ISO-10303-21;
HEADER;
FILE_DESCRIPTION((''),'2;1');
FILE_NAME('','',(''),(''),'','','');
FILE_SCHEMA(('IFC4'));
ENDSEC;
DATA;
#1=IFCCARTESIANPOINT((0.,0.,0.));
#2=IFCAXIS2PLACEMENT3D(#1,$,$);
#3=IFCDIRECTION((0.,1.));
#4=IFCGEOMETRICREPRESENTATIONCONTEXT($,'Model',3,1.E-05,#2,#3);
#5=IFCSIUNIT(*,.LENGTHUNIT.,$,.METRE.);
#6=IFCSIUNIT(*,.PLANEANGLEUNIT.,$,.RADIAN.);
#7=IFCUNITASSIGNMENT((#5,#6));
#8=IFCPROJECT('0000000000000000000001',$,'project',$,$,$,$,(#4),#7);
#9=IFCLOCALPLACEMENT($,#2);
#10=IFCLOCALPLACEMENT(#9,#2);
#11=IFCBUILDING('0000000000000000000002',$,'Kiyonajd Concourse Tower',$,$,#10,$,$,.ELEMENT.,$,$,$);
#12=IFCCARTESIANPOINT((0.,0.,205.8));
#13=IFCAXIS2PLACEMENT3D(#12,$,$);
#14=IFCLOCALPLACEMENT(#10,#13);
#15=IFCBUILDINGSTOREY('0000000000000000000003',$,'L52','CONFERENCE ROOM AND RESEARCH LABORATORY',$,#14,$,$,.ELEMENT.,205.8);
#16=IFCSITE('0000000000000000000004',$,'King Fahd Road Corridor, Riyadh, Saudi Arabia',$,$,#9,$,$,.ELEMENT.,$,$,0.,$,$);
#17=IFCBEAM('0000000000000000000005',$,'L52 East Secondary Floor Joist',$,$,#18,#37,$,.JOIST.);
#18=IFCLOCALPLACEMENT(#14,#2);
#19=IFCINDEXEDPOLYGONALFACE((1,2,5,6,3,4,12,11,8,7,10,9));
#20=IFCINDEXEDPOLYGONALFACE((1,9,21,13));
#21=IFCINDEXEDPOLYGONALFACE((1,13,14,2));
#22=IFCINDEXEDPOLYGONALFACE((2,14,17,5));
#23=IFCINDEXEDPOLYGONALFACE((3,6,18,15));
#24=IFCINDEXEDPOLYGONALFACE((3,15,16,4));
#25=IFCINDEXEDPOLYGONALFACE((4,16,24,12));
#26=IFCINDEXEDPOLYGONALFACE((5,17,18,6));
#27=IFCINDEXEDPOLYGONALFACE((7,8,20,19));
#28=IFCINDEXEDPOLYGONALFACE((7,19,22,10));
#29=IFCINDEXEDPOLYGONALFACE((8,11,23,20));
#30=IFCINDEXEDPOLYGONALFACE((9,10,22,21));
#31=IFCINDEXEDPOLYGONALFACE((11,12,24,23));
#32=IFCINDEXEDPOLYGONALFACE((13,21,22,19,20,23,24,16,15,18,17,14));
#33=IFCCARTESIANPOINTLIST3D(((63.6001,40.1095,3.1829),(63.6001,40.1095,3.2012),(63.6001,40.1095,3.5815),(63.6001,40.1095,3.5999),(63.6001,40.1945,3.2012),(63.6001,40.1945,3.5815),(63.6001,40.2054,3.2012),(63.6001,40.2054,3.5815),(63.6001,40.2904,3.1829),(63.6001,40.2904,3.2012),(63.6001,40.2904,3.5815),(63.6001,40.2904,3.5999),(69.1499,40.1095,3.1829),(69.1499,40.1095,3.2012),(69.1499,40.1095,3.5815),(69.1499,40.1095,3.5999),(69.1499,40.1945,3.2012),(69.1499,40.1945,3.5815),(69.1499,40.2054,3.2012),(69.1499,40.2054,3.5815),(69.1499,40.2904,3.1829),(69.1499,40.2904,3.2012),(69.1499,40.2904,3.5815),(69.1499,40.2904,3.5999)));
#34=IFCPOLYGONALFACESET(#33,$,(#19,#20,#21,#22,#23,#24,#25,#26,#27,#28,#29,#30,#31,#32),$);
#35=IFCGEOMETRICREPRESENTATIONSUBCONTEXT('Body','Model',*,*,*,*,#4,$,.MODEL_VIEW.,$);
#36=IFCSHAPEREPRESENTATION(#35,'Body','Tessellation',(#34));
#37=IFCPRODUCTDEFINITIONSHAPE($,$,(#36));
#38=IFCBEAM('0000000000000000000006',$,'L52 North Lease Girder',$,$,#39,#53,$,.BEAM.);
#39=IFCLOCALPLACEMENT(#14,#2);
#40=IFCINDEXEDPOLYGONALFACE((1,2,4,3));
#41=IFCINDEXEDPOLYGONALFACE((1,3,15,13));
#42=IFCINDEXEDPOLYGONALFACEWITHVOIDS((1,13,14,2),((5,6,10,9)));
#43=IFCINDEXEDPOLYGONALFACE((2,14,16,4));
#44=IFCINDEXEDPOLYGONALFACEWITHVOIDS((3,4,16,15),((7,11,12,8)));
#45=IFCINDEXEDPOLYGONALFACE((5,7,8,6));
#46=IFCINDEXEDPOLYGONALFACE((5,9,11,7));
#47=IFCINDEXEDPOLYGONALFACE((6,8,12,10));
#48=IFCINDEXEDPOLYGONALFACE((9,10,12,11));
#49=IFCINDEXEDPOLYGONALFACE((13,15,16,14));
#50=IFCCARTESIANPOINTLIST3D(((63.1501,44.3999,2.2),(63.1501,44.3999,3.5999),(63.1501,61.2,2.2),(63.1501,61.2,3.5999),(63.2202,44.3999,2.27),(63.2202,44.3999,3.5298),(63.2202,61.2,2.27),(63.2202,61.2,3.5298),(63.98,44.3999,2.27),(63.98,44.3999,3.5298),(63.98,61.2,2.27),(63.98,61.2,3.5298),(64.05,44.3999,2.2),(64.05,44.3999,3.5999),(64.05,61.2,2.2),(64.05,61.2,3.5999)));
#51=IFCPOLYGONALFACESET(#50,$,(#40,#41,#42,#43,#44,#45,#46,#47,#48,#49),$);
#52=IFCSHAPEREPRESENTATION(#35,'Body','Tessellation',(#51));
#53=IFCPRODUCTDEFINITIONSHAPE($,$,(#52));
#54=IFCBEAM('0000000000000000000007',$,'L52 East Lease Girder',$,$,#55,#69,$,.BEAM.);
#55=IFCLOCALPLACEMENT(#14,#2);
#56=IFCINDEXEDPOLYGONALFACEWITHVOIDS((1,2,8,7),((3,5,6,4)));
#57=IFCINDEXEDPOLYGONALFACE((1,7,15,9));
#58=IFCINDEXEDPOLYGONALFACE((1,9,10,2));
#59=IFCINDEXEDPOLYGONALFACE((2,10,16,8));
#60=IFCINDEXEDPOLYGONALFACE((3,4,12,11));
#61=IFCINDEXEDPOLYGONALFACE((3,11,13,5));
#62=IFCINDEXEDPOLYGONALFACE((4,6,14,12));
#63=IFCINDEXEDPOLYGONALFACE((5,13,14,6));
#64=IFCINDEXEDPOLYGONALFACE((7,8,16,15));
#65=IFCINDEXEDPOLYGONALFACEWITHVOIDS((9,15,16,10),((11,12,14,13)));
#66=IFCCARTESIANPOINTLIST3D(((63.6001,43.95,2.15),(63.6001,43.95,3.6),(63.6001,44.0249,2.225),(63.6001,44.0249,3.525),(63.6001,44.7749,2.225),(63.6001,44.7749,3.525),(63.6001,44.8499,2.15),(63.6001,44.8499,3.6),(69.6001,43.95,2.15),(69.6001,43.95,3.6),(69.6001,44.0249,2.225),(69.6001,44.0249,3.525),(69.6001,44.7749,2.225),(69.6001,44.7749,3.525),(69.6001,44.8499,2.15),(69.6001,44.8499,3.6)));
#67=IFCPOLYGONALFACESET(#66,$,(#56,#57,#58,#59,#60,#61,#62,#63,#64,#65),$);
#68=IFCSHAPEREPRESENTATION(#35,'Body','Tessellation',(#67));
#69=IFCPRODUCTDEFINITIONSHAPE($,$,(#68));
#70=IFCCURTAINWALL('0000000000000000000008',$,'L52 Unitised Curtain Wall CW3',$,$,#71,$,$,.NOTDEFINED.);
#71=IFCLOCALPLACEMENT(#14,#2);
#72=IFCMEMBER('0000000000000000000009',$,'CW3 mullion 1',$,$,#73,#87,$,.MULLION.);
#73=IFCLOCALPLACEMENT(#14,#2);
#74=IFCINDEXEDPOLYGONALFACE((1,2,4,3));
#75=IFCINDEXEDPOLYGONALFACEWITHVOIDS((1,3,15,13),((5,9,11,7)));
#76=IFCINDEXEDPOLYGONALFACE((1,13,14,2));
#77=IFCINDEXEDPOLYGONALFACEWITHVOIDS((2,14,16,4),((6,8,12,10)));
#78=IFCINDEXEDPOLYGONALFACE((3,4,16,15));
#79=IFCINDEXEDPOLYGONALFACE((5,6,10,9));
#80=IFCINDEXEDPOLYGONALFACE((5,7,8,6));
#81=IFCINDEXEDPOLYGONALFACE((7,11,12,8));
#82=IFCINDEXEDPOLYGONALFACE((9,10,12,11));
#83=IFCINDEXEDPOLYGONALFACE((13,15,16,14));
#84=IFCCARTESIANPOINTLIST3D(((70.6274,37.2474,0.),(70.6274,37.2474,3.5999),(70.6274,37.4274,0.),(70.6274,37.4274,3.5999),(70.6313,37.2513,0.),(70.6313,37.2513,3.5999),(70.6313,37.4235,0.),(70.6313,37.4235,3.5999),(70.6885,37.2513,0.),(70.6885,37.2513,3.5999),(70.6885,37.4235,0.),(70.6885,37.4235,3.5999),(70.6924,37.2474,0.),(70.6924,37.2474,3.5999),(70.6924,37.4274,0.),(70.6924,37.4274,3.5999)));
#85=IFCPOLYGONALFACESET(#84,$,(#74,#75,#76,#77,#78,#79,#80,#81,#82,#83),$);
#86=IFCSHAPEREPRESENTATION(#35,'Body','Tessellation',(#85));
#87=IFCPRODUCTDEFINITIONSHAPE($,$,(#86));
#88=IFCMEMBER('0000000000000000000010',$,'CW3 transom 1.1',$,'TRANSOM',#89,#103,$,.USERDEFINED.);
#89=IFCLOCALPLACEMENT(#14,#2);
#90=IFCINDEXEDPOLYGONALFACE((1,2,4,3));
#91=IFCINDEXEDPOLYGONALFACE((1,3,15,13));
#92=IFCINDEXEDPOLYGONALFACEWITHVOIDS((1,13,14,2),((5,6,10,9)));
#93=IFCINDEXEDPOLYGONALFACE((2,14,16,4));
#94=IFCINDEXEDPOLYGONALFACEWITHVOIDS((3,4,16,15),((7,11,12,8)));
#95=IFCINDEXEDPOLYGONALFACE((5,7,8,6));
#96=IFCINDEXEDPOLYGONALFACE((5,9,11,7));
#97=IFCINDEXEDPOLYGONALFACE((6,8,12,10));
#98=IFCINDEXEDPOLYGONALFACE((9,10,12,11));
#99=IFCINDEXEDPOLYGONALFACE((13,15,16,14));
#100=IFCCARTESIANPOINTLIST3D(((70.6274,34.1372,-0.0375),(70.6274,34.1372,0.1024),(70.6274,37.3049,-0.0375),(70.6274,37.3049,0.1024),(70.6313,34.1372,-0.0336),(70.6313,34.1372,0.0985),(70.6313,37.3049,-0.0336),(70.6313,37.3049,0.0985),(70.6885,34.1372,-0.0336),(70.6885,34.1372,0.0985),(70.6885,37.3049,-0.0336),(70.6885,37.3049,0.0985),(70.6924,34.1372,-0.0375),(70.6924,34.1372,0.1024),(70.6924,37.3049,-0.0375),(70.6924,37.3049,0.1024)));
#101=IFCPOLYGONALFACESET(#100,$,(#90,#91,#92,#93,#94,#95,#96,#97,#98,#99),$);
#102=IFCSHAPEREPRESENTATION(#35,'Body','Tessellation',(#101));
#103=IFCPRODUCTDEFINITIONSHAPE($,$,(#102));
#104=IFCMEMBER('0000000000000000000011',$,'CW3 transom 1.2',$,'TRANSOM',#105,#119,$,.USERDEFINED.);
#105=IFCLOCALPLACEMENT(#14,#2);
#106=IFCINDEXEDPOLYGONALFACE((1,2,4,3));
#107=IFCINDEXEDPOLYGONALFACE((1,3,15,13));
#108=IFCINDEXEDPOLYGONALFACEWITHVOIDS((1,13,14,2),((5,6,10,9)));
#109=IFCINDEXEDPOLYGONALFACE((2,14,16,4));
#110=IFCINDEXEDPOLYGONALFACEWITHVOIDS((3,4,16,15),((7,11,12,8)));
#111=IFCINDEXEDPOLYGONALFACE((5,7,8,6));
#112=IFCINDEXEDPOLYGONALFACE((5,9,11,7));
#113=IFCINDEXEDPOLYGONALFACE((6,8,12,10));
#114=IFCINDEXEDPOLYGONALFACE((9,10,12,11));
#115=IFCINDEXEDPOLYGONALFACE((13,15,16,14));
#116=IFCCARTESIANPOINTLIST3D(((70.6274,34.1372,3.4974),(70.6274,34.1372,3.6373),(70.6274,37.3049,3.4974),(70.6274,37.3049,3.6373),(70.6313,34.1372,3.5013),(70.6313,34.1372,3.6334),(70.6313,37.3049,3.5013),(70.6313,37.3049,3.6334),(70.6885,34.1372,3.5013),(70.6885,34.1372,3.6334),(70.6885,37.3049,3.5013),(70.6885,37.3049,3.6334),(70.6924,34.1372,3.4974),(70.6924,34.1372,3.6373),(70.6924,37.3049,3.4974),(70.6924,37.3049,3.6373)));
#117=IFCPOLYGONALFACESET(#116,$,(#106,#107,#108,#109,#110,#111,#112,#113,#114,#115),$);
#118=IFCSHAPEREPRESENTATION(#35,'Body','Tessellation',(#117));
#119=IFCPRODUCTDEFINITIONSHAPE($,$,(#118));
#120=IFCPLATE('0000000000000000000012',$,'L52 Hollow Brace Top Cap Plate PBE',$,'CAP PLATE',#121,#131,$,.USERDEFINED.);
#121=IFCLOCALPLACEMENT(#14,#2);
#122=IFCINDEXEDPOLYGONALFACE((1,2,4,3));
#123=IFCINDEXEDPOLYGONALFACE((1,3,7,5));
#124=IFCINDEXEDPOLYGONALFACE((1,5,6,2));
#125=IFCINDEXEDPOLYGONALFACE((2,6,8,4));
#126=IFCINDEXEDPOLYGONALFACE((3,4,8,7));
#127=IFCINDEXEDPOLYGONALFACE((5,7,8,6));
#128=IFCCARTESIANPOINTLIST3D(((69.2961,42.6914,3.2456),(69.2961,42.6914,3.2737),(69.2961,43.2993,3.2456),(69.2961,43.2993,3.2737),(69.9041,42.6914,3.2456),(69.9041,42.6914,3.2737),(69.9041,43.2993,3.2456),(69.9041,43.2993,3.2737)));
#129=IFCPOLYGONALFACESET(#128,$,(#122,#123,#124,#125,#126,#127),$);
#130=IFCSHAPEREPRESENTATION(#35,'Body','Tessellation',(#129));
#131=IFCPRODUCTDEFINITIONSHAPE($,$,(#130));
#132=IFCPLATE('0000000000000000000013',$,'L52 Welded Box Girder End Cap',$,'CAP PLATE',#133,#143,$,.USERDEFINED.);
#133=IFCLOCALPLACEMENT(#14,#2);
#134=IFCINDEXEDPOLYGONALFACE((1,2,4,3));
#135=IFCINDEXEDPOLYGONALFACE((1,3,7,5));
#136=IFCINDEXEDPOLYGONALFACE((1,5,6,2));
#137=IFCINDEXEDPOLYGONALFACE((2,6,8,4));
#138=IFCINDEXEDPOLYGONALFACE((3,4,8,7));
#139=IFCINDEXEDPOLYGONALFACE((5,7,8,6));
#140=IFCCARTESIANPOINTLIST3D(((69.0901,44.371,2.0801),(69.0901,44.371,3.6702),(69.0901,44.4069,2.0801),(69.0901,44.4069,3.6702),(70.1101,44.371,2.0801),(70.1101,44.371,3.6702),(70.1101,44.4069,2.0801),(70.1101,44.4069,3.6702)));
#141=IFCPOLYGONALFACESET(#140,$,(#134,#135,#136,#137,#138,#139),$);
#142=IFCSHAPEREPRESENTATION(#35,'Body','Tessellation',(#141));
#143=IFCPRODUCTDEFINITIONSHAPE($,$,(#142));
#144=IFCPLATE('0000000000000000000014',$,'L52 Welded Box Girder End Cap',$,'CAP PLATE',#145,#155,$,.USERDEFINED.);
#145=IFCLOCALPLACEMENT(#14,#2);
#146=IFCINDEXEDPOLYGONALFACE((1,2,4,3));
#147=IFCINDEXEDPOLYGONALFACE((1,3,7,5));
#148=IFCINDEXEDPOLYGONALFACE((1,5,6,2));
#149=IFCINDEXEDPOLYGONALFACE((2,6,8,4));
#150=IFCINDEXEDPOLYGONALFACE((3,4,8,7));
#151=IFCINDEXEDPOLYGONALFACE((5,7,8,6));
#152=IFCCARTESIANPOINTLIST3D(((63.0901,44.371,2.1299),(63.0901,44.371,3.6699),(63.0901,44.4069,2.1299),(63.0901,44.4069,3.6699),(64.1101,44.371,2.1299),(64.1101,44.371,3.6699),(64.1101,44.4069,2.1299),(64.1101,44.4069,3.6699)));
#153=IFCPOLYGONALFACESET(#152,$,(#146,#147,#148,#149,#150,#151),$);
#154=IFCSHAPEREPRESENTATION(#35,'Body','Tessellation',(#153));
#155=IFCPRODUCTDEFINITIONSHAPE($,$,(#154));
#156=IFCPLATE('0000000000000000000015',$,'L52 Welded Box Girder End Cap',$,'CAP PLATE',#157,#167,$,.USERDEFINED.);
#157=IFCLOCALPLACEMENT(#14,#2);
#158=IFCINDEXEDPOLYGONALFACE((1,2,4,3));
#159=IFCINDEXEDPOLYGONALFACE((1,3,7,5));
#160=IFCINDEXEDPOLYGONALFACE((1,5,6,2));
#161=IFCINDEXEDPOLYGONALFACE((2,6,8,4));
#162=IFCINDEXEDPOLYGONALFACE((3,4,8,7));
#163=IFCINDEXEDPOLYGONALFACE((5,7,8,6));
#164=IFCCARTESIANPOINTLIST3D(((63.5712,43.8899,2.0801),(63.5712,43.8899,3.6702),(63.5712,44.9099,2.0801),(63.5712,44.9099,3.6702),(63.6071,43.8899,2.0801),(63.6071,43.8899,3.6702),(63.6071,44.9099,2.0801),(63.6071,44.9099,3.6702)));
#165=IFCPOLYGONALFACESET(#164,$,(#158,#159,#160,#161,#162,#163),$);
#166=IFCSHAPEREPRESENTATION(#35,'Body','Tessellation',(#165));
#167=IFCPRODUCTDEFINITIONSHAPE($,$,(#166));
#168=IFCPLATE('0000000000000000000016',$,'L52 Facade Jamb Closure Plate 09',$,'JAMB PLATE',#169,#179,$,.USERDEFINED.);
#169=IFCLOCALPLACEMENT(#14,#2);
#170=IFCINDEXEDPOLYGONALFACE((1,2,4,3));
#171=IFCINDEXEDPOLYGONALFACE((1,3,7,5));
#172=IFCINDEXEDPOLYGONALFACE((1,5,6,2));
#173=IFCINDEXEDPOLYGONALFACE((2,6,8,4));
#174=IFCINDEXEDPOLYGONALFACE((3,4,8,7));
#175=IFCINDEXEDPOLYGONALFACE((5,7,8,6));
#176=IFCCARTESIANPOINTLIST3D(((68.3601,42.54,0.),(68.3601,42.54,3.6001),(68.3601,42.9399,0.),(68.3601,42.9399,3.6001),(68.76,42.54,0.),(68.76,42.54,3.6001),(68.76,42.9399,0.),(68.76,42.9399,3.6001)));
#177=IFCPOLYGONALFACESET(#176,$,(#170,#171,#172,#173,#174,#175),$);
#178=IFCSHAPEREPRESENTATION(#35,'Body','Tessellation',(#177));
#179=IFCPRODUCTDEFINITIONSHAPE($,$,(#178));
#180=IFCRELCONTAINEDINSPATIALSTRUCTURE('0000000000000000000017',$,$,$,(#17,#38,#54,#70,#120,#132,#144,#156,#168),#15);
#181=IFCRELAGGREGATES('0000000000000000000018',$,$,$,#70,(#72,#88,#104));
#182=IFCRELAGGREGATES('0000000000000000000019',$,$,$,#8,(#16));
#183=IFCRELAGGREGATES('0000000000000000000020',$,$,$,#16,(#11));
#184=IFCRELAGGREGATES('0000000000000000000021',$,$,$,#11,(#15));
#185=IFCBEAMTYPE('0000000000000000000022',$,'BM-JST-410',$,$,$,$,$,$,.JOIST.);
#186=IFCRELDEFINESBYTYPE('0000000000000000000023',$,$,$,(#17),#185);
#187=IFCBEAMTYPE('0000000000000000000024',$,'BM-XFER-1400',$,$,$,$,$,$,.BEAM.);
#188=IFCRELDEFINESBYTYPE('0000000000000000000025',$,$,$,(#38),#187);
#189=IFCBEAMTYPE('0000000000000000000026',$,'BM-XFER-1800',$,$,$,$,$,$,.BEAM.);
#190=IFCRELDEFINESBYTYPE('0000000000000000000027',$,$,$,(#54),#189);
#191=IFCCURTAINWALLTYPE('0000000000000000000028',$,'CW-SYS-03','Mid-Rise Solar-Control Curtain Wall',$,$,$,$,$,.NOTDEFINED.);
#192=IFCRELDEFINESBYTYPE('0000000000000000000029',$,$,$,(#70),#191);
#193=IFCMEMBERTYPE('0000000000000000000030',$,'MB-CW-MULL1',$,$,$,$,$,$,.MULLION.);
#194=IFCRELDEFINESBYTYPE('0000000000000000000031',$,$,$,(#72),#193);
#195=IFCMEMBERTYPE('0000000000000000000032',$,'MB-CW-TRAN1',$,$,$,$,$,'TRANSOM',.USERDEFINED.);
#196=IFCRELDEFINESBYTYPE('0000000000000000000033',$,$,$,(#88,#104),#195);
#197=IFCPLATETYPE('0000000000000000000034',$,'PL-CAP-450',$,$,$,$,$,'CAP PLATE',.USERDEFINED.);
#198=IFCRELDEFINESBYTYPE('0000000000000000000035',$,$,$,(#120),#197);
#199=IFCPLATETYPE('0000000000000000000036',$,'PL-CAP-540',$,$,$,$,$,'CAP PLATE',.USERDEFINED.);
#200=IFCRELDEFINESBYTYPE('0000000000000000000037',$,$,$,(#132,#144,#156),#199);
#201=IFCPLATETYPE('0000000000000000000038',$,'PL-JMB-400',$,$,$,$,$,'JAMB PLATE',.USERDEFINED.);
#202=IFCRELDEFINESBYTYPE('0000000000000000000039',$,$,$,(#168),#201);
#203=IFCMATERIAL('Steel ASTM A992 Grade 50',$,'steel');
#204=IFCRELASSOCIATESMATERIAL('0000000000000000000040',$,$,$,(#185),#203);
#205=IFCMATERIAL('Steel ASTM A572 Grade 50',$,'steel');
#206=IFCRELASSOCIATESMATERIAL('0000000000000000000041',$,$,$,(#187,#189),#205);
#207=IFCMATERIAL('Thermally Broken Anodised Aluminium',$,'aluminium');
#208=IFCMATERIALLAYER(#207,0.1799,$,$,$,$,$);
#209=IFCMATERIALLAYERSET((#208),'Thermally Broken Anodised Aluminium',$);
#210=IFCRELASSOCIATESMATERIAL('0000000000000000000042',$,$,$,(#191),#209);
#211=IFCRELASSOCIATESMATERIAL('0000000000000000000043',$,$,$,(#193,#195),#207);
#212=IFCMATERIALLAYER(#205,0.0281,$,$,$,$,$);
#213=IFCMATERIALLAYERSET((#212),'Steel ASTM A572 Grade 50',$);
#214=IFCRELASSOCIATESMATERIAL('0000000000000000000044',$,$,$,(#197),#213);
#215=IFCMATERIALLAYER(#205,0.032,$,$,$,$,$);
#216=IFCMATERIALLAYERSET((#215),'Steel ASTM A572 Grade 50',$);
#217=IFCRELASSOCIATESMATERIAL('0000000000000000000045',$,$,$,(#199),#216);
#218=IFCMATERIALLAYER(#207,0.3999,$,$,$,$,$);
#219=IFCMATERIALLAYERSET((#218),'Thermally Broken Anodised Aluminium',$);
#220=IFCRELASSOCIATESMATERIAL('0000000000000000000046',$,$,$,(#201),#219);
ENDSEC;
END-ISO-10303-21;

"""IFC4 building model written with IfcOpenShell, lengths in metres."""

from ifc_helpers import new_model, si_unit, direction, frame, origin, origin_2d, place, context, subcontext, project, spatial, rectangle, hollow_rectangle, i_section, extrude, material, layer, layer_set, material_profile, profile_set, type_object, element, aggregate, save


model = new_model("IFC4")

# Units and contexts
model_context = context("Model", 3, precision=1e-05, world=origin(), true_north=direction((0.0, 1.0)))
body_context = subcontext(model_context, "Body", "Model", "MODEL_VIEW")
ifc_project = project(units=[si_unit("LENGTHUNIT", "METRE"), si_unit("PLANEANGLEUNIT", "RADIAN")], contexts=[model_context])

# Site, building, storey
site_placement = place(None, origin())
site = spatial("IfcSite", under=ifc_project, at=site_placement, Name="King Fahd Road Corridor, Riyadh, Saudi Arabia", CompositionType="ELEMENT", RefElevation=0.0)
building_placement = place(site_placement, origin())
building = spatial("IfcBuilding", under=site, at=building_placement, Name="Kiyonajd Concourse Tower", CompositionType="ELEMENT")
storey_placement = place(building_placement, frame((0.0, 0.0, 205.8)))
storey = spatial("IfcBuildingStorey", under=building, at=storey_placement, Name="L52", Description="CONFERENCE ROOM AND RESEARCH LABORATORY", CompositionType="ELEMENT", Elevation=205.8)

# Beams
ifc_material_1 = material(Name="Steel ASTM A992 Grade 50", Category="steel")
ifc_material_profile_1 = material_profile(ifc_material_1, i_section(OverallWidth=0.1809, OverallDepth=0.417, WebThickness=0.011, FlangeThickness=0.0183, at=origin_2d()), Name="W410X85")
ifc_profile_set_1 = profile_set([ifc_material_profile_1], Name="Steel ASTM A992 Grade 50")
beam_type_1 = type_object("IfcBeamType", Name="BM-JST-410", PredefinedType="JOIST", material=ifc_profile_set_1)
beam_1_placement = place(storey_placement, frame((63.6001, 40.2, 3.3914), z_axis=(1.0, 0.0, 0.0), x_axis=(0.0, 1.0, 0.0)))
element("IfcBeam", 1, at=beam_1_placement, inside=storey, type_object=beam_type_1, Name="L52 East Secondary Floor Joist", PredefinedType="JOIST", context=body_context, shape_type="SweptSolid", body=[
    extrude(i_section(OverallWidth=0.1809, OverallDepth=0.417, WebThickness=0.011, FlangeThickness=0.0183, at=origin_2d()), origin(), (0.0, 0.0, 1.0), 5.5498),
])
ifc_material_2 = material(Name="Steel ASTM A572 Grade 50", Category="steel")
ifc_material_profile_2 = material_profile(ifc_material_2, hollow_rectangle(XDim=0.8999, YDim=1.3999, WallThickness=0.0701, at=origin_2d()), Name="BOX-1400x900x70")
ifc_profile_set_2 = profile_set([ifc_material_profile_2], Name="Steel ASTM A572 Grade 50")
beam_type_2 = type_object("IfcBeamType", Name="BM-XFER-1400", PredefinedType="BEAM", material=ifc_profile_set_2)
beam_2_placement = place(storey_placement, frame((63.6001, 44.3999, 2.8999), z_axis=(0.0, 1.0, 0.0), x_axis=(-1.0, 0.0, 0.0)))
element("IfcBeam", 2, at=beam_2_placement, inside=storey, type_object=beam_type_2, Name="L52 North Lease Girder", PredefinedType="BEAM", context=body_context, shape_type="SweptSolid", body=[
    extrude(hollow_rectangle(XDim=0.8999, YDim=1.3999, WallThickness=0.0701, at=origin_2d()), origin(), (0.0, 0.0, 1.0), 16.8),
])
ifc_material_profile_3 = material_profile(ifc_material_2, hollow_rectangle(XDim=0.8999, YDim=1.45, WallThickness=0.075, at=origin_2d()), Name="BOX-1450x900x75")
ifc_profile_set_3 = profile_set([ifc_material_profile_3], Name="Steel ASTM A572 Grade 50")
beam_type_3 = type_object("IfcBeamType", Name="BM-XFER-1800", PredefinedType="BEAM", material=ifc_profile_set_3)
beam_3_placement = place(storey_placement, frame((63.6001, 44.3999, 2.875), z_axis=(1.0, 0.0, 0.0), x_axis=(0.0, 1.0, 0.0)))
element("IfcBeam", 3, at=beam_3_placement, inside=storey, type_object=beam_type_3, Name="L52 East Lease Girder", PredefinedType="BEAM", context=body_context, shape_type="SweptSolid", body=[
    extrude(hollow_rectangle(XDim=0.8999, YDim=1.45, WallThickness=0.075, at=origin_2d()), origin(), (0.0, 0.0, 1.0), 6.0),
])

# Curtain wall, members
ifc_material_3 = material(Name="Thermally Broken Anodised Aluminium", Category="aluminium")
ifc_layer_1 = layer(ifc_material_3, 0.1799)
ifc_layer_set_1 = layer_set([ifc_layer_1], Name="Thermally Broken Anodised Aluminium")
curtain_wall_type = type_object("IfcCurtainWallType", Name="CW-SYS-03", Description="Mid-Rise Solar-Control Curtain Wall", PredefinedType="NOTDEFINED", material=ifc_layer_set_1)
curtain_wall_placement = place(storey_placement, origin())
curtain_wall = element("IfcCurtainWall", 4, at=curtain_wall_placement, inside=storey, type_object=curtain_wall_type, Name="L52 Unitised Curtain Wall CW3", PredefinedType="NOTDEFINED")
ifc_material_profile_4 = material_profile(ifc_material_3, hollow_rectangle(XDim=0.0649, YDim=0.1799, WallThickness=0.0039, at=origin_2d()), Name="MULL-65x180")
ifc_profile_set_4 = profile_set([ifc_material_profile_4], Name="Thermally Broken Anodised Aluminium")
member_type_1 = type_object("IfcMemberType", Name="MB-CW-MULL1", PredefinedType="MULLION", material=ifc_profile_set_4)
member_1_placement = place(storey_placement, frame((70.6599, 37.3374, 0.0), z_axis=(0.0, 0.0, 1.0), x_axis=(1.0, 0.0, 0.0)))
member_1 = element("IfcMember", 5, at=member_1_placement, type_object=member_type_1, Name="CW3 mullion 1", PredefinedType="MULLION", context=body_context, shape_type="SweptSolid", body=[
    extrude(hollow_rectangle(XDim=0.0649, YDim=0.1799, WallThickness=0.0039, at=origin_2d()), origin(), (0.0, 0.0, 1.0), 3.5999),
])
ifc_material_profile_5 = material_profile(ifc_material_3, hollow_rectangle(XDim=0.0649, YDim=0.1399, WallThickness=0.0039, at=origin_2d()), Name="TRAN-65x140")
ifc_profile_set_5 = profile_set([ifc_material_profile_5], Name="Thermally Broken Anodised Aluminium")
member_type_2 = type_object("IfcMemberType", Name="MB-CW-TRAN1", ElementType="TRANSOM", PredefinedType="USERDEFINED", material=ifc_profile_set_5)
member_2_placement = place(storey_placement, frame((70.6599, 37.3049, 0.0325), z_axis=(0.0, -1.0, 0.0), x_axis=(1.0, 0.0, 0.0)))
member_2 = element("IfcMember", 6, at=member_2_placement, type_object=member_type_2, Name="CW3 transom 1.1", ObjectType="TRANSOM", PredefinedType="USERDEFINED", context=body_context, shape_type="SweptSolid", body=[
    extrude(hollow_rectangle(XDim=0.0649, YDim=0.1399, WallThickness=0.0039, at=origin_2d()), origin(), (0.0, 0.0, 1.0), 3.1677),
])
member_3_placement = place(storey_placement, frame((70.6599, 37.3049, 3.5674), z_axis=(0.0, -1.0, 0.0), x_axis=(1.0, 0.0, 0.0)))
member_3 = element("IfcMember", 7, at=member_3_placement, type_object=member_type_2, Name="CW3 transom 1.2", ObjectType="TRANSOM", PredefinedType="USERDEFINED", context=body_context, shape_type="SweptSolid", body=[
    extrude(hollow_rectangle(XDim=0.0649, YDim=0.1399, WallThickness=0.0039, at=origin_2d()), origin(), (0.0, 0.0, 1.0), 3.1677),
])
aggregate(curtain_wall, [member_1, member_2, member_3])

# Plates
ifc_layer_2 = layer(ifc_material_2, 0.0281)
ifc_layer_set_2 = layer_set([ifc_layer_2], Name="Steel ASTM A572 Grade 50")
plate_type_1 = type_object("IfcPlateType", Name="PL-CAP-450", ElementType="CAP PLATE", PredefinedType="USERDEFINED", material=ifc_layer_set_2)
plate_1_placement = place(storey_placement, frame((69.6001, 42.9954, 3.2456), z_axis=(0.0, 0.0, 1.0), x_axis=(1.0, 0.0, 0.0)))
element("IfcPlate", 8, at=plate_1_placement, inside=storey, type_object=plate_type_1, Name="L52 Hollow Brace Top Cap Plate PBE", ObjectType="CAP PLATE", PredefinedType="USERDEFINED", context=body_context, shape_type="SweptSolid", body=[
    extrude(rectangle(XDim=0.6079, YDim=0.6079, at=origin_2d()), origin(), (0.0, 0.0, 1.0), 0.0281),
])
ifc_layer_3 = layer(ifc_material_2, 0.032)
ifc_layer_set_3 = layer_set([ifc_layer_3], Name="Steel ASTM A572 Grade 50")
plate_type_2 = type_object("IfcPlateType", Name="PL-CAP-540", ElementType="CAP PLATE", PredefinedType="USERDEFINED", material=ifc_layer_set_3)
plate_2_placement = place(storey_placement, frame((69.6001, 44.3889, 2.0801), z_axis=(0.0, 0.0, 1.0), x_axis=(0.0, -1.0, 0.0)))
element("IfcPlate", 9, at=plate_2_placement, inside=storey, type_object=plate_type_2, Name="L52 Welded Box Girder End Cap", ObjectType="CAP PLATE", PredefinedType="USERDEFINED", context=body_context, shape_type="SweptSolid", body=[
    extrude(rectangle(XDim=0.0359, YDim=1.02, at=origin_2d()), origin(), (0.0, 0.0, 1.0), 1.5901),
])
plate_3_placement = place(storey_placement, frame((63.6001, 44.3889, 2.1299), z_axis=(0.0, 0.0, 1.0), x_axis=(0.0, -1.0, 0.0)))
element("IfcPlate", 10, at=plate_3_placement, inside=storey, type_object=plate_type_2, Name="L52 Welded Box Girder End Cap", ObjectType="CAP PLATE", PredefinedType="USERDEFINED", context=body_context, shape_type="SweptSolid", body=[
    extrude(rectangle(XDim=0.0359, YDim=1.02, at=origin_2d()), origin(), (0.0, 0.0, 1.0), 1.54),
])
plate_4_placement = place(storey_placement, frame((63.5891, 44.3999, 2.0801), z_axis=(0.0, 0.0, 1.0), x_axis=(-1.0, 0.0, 0.0)))
element("IfcPlate", 11, at=plate_4_placement, inside=storey, type_object=plate_type_2, Name="L52 Welded Box Girder End Cap", ObjectType="CAP PLATE", PredefinedType="USERDEFINED", context=body_context, shape_type="SweptSolid", body=[
    extrude(rectangle(XDim=0.0359, YDim=1.02, at=origin_2d()), origin(), (0.0, 0.0, 1.0), 1.5901),
])
ifc_layer_4 = layer(ifc_material_3, 0.3999)
ifc_layer_set_4 = layer_set([ifc_layer_4], Name="Thermally Broken Anodised Aluminium")
plate_type_3 = type_object("IfcPlateType", Name="PL-JMB-400", ElementType="JAMB PLATE", PredefinedType="USERDEFINED", material=ifc_layer_set_4)
for number, where, z_axis, x_axis, name in (
    (12, (68.5601, 42.74, 0.0), (0.0, 0.0, 1.0), (1.0, 0.0, 0.0), "L52 Facade Jamb Closure Plate 09"),
):
    element("IfcPlate", number, at=place(storey_placement, frame(where, z_axis=z_axis, x_axis=x_axis)), inside=storey, type_object=plate_type_3, Name=name, ObjectType="JAMB PLATE", PredefinedType="USERDEFINED", context=body_context, shape_type="SweptSolid", body=[
        extrude(rectangle(XDim=0.3999, YDim=0.3999, at=origin_2d()), origin(), (0.0, 0.0, 1.0), 3.6001),
    ])

save(model, "model.ifc")
